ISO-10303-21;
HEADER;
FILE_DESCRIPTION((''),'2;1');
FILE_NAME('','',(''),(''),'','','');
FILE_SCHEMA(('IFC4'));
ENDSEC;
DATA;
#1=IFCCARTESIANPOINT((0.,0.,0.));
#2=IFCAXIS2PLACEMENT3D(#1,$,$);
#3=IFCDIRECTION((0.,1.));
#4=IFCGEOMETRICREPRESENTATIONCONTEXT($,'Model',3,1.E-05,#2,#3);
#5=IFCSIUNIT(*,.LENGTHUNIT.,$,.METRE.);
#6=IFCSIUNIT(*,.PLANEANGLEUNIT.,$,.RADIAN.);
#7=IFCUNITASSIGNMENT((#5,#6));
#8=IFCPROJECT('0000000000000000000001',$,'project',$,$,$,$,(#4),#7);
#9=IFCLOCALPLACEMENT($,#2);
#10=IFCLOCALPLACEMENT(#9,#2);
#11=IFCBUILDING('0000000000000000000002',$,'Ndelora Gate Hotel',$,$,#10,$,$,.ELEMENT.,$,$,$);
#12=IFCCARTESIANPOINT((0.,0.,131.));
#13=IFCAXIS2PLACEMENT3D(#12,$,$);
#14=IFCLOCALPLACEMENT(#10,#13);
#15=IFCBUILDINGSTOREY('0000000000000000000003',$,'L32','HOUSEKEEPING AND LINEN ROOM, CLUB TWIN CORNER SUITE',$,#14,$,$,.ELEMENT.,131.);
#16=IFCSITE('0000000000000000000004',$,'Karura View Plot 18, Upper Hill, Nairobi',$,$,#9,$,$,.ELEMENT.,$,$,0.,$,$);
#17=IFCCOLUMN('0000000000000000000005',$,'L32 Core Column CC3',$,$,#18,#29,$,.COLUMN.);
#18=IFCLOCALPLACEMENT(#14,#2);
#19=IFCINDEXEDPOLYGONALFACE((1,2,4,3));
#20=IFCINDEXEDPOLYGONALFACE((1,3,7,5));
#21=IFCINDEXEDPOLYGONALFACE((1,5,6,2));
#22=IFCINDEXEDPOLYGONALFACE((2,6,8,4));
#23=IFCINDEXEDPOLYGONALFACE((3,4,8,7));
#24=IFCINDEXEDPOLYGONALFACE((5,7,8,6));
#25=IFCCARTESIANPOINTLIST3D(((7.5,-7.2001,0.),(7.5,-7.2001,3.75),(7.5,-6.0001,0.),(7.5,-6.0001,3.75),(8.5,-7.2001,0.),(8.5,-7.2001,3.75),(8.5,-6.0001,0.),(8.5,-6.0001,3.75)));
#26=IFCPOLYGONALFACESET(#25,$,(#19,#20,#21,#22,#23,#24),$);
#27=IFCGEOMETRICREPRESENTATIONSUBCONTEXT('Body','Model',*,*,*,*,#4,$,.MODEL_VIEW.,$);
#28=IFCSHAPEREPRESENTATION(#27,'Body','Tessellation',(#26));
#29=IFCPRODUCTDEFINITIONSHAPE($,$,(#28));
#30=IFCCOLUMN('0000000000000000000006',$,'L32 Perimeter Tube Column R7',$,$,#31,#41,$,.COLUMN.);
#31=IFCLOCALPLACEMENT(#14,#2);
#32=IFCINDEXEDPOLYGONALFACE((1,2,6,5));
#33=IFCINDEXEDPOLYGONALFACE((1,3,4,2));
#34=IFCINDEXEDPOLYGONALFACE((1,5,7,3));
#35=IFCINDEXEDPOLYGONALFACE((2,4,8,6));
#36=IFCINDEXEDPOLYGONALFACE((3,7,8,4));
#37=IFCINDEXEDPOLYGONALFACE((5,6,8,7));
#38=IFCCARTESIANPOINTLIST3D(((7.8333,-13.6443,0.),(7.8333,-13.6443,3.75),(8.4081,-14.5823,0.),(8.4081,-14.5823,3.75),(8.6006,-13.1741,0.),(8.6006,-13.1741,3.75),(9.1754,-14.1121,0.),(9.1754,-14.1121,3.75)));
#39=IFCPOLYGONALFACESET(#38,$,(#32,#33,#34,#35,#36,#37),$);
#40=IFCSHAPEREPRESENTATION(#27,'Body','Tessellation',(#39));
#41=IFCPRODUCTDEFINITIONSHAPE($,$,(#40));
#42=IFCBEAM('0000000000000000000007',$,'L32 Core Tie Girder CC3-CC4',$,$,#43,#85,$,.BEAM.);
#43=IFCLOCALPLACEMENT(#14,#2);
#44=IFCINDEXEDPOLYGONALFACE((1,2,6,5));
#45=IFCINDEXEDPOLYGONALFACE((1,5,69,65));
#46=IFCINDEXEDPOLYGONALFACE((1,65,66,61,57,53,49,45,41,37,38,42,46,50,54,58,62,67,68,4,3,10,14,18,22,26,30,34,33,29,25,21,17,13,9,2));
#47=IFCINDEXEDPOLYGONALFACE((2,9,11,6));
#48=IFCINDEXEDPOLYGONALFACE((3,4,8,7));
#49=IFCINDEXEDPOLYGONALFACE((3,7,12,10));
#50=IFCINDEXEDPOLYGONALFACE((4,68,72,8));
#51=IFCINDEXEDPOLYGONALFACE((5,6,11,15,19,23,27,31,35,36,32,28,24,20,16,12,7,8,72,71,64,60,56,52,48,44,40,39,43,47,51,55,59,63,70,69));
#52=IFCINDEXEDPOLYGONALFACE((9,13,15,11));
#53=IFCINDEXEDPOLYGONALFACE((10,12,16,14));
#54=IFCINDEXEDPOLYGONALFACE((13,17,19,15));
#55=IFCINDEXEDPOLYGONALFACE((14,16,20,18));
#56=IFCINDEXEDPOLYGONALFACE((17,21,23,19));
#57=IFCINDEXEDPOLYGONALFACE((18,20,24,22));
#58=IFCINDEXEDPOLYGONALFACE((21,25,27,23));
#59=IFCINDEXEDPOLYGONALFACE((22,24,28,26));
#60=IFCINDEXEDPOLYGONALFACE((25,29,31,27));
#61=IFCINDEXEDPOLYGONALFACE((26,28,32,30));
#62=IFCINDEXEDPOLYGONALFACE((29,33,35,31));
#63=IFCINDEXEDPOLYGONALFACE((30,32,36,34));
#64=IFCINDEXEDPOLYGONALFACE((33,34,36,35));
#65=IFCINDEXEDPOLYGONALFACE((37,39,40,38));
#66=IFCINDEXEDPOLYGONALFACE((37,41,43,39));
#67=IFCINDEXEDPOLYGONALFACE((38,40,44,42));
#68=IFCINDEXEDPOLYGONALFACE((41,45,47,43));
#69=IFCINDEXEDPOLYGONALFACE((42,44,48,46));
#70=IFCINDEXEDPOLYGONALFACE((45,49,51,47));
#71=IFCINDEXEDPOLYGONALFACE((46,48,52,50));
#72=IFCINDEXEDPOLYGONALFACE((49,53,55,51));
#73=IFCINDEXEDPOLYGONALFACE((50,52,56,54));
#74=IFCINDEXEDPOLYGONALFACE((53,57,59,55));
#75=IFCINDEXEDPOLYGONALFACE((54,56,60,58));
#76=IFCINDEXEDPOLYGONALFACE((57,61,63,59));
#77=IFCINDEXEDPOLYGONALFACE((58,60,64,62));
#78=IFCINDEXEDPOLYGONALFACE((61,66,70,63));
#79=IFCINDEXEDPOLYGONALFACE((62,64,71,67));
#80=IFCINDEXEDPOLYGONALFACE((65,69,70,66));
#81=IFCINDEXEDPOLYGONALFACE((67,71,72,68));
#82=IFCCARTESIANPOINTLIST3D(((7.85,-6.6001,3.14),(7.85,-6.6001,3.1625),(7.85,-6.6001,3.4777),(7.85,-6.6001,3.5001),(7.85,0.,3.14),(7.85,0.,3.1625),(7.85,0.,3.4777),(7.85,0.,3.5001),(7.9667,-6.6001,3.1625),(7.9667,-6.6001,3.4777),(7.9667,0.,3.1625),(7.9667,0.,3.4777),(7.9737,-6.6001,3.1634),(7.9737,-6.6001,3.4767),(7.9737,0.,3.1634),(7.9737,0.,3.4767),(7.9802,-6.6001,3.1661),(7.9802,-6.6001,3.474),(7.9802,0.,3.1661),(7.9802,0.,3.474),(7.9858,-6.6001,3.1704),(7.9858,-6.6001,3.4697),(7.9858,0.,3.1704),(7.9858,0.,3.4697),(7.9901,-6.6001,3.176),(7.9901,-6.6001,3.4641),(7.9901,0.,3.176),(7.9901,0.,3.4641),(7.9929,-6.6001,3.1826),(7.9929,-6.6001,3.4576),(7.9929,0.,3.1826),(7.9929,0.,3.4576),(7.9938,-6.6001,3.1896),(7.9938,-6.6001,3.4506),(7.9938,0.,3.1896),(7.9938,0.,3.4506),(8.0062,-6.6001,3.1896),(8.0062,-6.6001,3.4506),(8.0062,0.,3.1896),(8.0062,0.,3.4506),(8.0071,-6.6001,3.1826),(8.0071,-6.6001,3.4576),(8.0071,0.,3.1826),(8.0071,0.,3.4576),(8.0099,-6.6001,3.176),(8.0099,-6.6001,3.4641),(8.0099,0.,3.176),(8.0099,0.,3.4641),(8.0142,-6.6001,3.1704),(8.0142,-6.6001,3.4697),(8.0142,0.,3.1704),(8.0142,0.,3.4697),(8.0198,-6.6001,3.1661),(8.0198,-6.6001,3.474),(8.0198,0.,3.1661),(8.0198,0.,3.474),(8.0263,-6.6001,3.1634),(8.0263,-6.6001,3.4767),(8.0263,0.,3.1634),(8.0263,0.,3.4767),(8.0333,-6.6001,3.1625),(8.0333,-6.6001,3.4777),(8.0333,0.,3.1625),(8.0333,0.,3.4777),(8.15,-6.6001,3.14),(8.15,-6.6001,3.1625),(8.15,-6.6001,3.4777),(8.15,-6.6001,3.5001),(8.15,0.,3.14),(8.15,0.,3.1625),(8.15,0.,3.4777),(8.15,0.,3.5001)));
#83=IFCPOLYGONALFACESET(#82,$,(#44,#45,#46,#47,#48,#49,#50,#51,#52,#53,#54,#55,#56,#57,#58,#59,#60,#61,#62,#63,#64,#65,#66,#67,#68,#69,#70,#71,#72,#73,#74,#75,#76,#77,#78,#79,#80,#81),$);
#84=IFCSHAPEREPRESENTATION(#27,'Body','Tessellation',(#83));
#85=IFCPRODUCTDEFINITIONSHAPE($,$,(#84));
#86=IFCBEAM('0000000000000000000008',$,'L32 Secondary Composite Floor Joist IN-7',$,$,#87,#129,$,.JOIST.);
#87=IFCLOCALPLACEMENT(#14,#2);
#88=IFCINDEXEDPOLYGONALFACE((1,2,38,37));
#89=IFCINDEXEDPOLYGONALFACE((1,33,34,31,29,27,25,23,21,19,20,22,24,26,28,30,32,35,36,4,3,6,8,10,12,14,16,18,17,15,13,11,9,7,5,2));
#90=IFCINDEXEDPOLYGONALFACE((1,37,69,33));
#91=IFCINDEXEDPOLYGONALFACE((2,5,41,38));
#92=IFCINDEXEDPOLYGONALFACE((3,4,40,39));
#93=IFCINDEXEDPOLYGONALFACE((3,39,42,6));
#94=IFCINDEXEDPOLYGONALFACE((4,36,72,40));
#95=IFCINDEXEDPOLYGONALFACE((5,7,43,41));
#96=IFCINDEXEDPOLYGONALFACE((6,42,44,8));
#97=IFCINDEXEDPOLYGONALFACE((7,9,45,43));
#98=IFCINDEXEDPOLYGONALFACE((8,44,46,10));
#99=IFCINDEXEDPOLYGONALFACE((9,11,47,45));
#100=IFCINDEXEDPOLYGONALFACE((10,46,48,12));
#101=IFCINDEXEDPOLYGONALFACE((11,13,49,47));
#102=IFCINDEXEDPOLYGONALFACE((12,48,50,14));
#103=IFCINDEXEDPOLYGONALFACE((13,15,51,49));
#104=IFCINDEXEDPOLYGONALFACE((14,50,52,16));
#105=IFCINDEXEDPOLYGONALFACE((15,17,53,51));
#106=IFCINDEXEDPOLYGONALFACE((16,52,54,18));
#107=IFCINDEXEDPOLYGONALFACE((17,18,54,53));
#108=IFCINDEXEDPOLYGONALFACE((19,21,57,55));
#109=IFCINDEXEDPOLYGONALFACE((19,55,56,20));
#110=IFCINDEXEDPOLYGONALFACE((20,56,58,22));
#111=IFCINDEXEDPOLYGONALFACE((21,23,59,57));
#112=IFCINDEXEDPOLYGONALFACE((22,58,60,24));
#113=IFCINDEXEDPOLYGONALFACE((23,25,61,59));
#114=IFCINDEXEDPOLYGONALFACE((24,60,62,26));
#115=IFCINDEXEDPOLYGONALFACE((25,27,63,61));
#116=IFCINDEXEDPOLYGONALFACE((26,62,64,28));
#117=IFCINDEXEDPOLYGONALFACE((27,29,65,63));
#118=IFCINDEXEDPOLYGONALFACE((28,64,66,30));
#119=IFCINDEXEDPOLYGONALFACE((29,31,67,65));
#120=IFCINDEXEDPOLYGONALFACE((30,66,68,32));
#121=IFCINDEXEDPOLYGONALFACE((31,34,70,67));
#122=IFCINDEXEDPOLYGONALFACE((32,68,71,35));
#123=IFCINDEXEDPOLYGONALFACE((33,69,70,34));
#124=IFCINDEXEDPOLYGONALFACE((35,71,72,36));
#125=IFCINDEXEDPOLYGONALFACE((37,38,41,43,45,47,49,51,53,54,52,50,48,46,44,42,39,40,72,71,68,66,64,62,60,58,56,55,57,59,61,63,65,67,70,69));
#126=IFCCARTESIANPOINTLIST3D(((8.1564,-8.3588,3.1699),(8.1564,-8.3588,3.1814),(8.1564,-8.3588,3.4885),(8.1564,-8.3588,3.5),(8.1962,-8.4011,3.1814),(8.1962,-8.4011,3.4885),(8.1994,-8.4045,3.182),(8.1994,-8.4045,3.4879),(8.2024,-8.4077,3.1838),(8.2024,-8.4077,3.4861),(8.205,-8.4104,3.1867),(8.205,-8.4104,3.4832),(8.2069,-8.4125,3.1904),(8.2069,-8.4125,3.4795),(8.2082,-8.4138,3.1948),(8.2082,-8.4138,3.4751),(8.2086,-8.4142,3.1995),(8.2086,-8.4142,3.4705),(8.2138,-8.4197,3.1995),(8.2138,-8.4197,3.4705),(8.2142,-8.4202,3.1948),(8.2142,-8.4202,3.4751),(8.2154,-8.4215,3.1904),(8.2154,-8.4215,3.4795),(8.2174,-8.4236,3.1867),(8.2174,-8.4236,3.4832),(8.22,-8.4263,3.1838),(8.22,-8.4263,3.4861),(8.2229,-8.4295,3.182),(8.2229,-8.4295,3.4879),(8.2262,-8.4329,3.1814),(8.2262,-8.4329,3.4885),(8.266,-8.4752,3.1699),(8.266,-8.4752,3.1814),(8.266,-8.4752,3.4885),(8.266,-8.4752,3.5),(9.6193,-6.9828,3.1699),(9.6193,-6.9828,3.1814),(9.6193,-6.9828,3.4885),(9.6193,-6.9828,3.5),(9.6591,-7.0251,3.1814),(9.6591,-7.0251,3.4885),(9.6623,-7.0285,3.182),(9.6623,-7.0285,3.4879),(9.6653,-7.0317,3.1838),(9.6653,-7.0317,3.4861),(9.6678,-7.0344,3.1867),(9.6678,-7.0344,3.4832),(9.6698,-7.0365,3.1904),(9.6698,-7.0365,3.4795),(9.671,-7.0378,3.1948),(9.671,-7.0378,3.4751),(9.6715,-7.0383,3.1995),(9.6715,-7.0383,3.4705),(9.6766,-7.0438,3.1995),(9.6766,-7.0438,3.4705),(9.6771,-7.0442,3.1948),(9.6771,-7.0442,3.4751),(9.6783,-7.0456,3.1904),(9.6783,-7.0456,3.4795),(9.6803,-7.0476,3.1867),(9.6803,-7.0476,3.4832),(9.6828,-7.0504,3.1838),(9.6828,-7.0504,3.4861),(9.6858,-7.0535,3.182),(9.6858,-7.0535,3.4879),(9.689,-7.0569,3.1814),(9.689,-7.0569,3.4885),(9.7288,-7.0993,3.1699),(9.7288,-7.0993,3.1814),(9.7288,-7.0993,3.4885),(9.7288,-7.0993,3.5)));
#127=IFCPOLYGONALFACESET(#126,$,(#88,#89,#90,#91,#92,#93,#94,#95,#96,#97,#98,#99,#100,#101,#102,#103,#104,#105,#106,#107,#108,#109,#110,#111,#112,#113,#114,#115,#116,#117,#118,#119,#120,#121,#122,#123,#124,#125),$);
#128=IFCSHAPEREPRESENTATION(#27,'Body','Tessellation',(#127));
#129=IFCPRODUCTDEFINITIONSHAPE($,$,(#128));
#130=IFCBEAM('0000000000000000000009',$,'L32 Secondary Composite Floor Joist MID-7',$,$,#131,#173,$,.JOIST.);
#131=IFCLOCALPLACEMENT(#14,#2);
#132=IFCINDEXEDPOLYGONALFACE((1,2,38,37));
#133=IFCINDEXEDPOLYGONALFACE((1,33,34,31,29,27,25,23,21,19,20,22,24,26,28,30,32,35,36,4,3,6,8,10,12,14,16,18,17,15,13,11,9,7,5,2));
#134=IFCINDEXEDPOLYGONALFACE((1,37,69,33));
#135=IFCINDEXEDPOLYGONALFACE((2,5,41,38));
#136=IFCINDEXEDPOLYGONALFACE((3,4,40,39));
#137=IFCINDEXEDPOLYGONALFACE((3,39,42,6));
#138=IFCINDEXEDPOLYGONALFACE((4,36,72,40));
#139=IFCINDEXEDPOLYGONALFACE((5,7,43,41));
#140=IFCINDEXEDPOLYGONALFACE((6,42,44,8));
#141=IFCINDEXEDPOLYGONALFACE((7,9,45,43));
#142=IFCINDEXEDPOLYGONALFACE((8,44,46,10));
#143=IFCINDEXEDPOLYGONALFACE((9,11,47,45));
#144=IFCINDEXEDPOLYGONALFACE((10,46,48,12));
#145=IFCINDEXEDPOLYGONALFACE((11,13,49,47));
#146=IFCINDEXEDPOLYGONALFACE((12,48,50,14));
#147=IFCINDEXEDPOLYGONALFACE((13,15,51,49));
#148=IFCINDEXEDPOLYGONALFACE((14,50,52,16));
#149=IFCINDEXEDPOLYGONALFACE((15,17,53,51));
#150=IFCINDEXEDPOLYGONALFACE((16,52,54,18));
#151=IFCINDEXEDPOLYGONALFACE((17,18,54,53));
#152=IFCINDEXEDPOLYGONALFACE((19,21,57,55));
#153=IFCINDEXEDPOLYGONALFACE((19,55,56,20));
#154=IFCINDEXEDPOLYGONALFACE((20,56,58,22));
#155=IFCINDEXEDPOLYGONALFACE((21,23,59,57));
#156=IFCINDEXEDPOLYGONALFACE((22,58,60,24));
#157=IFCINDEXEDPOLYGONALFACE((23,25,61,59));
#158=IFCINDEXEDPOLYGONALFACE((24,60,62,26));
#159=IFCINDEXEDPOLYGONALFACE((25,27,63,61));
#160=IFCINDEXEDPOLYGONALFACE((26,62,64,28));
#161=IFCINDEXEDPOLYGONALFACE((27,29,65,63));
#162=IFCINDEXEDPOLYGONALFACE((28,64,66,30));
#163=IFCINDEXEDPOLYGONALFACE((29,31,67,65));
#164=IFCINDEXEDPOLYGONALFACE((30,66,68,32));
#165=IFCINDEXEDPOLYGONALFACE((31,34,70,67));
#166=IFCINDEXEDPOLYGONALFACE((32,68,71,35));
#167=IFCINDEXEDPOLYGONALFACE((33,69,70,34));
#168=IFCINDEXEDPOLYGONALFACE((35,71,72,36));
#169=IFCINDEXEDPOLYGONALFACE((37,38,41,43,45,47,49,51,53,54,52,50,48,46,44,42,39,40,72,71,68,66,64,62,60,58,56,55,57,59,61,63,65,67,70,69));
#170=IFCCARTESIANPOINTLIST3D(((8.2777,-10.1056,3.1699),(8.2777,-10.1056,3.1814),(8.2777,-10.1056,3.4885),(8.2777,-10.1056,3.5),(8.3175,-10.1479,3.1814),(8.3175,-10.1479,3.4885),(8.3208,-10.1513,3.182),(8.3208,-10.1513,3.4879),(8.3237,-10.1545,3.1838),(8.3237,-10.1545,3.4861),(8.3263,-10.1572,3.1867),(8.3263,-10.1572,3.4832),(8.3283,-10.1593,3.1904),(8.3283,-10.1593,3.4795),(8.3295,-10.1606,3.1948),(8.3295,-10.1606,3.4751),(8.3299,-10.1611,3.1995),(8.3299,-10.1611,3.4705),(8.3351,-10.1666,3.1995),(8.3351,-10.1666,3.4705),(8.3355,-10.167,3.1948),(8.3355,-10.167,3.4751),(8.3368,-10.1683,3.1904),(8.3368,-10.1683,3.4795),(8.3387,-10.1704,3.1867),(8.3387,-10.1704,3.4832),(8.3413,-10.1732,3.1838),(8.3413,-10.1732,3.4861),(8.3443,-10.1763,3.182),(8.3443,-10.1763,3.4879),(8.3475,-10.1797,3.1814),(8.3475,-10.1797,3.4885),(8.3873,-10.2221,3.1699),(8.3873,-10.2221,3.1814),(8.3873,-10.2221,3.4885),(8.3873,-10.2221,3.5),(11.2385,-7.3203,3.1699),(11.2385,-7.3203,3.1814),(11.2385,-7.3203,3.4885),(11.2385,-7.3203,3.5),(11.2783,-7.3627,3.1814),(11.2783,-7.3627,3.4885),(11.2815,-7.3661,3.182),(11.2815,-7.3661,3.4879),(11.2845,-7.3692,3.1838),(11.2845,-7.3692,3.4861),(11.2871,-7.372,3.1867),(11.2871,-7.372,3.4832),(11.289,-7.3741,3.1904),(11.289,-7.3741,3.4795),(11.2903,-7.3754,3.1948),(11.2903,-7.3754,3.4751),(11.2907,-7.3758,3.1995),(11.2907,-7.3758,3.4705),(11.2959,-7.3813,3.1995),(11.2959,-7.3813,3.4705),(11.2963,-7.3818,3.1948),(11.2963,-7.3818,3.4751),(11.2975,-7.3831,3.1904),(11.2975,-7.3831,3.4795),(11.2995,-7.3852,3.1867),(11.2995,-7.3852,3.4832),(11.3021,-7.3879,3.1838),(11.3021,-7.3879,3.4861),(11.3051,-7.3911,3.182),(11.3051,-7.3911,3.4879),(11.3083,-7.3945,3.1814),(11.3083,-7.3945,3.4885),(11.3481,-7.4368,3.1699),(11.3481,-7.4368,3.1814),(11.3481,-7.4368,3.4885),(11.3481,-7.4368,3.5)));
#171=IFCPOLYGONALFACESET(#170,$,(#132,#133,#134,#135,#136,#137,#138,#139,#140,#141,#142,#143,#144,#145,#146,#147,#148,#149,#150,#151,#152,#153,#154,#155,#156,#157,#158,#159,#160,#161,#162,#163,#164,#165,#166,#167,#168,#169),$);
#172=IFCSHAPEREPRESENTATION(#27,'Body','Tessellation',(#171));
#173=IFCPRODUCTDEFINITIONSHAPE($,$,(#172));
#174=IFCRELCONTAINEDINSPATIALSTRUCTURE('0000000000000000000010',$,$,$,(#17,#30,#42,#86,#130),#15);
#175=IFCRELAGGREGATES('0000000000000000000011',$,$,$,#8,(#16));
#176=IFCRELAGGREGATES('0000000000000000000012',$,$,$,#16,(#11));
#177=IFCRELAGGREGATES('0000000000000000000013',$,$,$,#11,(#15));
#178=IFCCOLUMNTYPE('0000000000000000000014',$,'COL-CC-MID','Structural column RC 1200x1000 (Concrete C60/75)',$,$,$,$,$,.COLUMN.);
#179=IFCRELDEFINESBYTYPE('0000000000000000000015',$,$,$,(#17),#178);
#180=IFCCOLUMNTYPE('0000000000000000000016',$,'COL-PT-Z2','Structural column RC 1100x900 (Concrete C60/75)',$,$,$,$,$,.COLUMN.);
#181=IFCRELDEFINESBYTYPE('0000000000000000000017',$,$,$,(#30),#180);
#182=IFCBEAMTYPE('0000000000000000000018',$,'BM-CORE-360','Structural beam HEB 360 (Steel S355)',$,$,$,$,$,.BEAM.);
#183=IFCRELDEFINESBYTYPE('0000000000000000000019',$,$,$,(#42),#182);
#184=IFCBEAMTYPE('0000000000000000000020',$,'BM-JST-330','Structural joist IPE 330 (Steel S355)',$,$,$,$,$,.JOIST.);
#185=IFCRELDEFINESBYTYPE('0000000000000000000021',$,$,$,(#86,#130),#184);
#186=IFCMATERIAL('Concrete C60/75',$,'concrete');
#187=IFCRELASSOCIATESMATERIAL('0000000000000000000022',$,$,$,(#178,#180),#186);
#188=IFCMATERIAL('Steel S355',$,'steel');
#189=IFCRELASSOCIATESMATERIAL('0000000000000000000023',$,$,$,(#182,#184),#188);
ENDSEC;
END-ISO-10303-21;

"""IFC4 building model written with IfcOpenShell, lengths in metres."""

from ifc_helpers import new_model, si_unit, direction, frame, origin, origin_2d, place, context, subcontext, project, spatial, rectangle, i_section, extrude, material, material_profile, profile_set, type_object, element, save


model = new_model("IFC4")

# Units and contexts
model_context = context("Model", 3, precision=1e-05, world=origin(), true_north=direction((0.0, 1.0)))
body_context = subcontext(model_context, "Body", "Model", "MODEL_VIEW")
ifc_project = project(units=[si_unit("LENGTHUNIT", "METRE"), si_unit("PLANEANGLEUNIT", "RADIAN")], contexts=[model_context])

# Site, building, storey
site_placement = place(None, origin())
site = spatial("IfcSite", under=ifc_project, at=site_placement, Name="Karura View Plot 18, Upper Hill, Nairobi", CompositionType="ELEMENT", RefElevation=0.0)
building_placement = place(site_placement, origin())
building = spatial("IfcBuilding", under=site, at=building_placement, Name="Ndelora Gate Hotel", CompositionType="ELEMENT")
storey_placement = place(building_placement, frame((0.0, 0.0, 131.0)))
storey = spatial("IfcBuildingStorey", under=building, at=storey_placement, Name="L32", Description="HOUSEKEEPING AND LINEN ROOM, CLUB TWIN CORNER SUITE", CompositionType="ELEMENT", Elevation=131.0)

# Columns
ifc_material_1 = material(Name="Concrete C60/75", Category="concrete")
ifc_material_profile_1 = material_profile(ifc_material_1, rectangle(XDim=1.0, YDim=1.2, at=origin_2d()), Name="RC 1200x1000")
ifc_profile_set_1 = profile_set([ifc_material_profile_1], Name="Concrete C60/75")
column_type_1 = type_object("IfcColumnType", Name="COL-CC-MID", Description="Structural column RC 1200x1000 (Concrete C60/75)", PredefinedType="COLUMN", material=ifc_profile_set_1)
column_1_placement = place(storey_placement, frame((8.0, -6.6001, 0.0), z_axis=(0.0, 0.0, 1.0), x_axis=(1.0, 0.0, 0.0)))
element("IfcColumn", 1, at=column_1_placement, inside=storey, type_object=column_type_1, Name="L32 Core Column CC3", PredefinedType="COLUMN", context=body_context, shape_type="SweptSolid", body=[
    extrude(rectangle(XDim=1.0, YDim=1.2, at=origin_2d()), origin(), (0.0, 0.0, 1.0), 3.75),
])
ifc_material_profile_2 = material_profile(ifc_material_1, rectangle(XDim=0.8999, YDim=1.1001, at=origin_2d()), Name="RC 1100x900")
ifc_profile_set_2 = profile_set([ifc_material_profile_2], Name="Concrete C60/75")
column_type_2 = type_object("IfcColumnType", Name="COL-PT-Z2", Description="Structural column RC 1100x900 (Concrete C60/75)", PredefinedType="COLUMN", material=ifc_profile_set_2)
column_2_placement = place(storey_placement, frame((8.5044, -13.8782, 0.0), z_axis=(0.0, 0.0, 1.0), x_axis=(0.85264, 0.522499, 0.0)))
element("IfcColumn", 2, at=column_2_placement, inside=storey, type_object=column_type_2, Name="L32 Perimeter Tube Column R7", PredefinedType="COLUMN", context=body_context, shape_type="SweptSolid", body=[
    extrude(rectangle(XDim=0.8999, YDim=1.1001, at=origin_2d()), origin(), (0.0, 0.0, 1.0), 3.75),
])

# Beams
ifc_material_2 = material(Name="Steel S355", Category="steel")
ifc_material_profile_3 = material_profile(ifc_material_2, i_section(OverallWidth=0.3, OverallDepth=0.3601, WebThickness=0.0125, FlangeThickness=0.0225, FilletRadius=0.0271, at=origin_2d()), Name="HEB 360")
ifc_profile_set_3 = profile_set([ifc_material_profile_3], Name="Steel S355")
beam_type_1 = type_object("IfcBeamType", Name="BM-CORE-360", Description="Structural beam HEB 360 (Steel S355)", PredefinedType="BEAM", material=ifc_profile_set_3)
beam_1_placement = place(storey_placement, frame((8.0, -6.6001, 3.3201), z_axis=(0.0, 1.0, 0.0), x_axis=(-1.0, 0.0, 0.0)))
element("IfcBeam", 3, at=beam_1_placement, inside=storey, type_object=beam_type_1, Name="L32 Core Tie Girder CC3-CC4", PredefinedType="BEAM", context=body_context, shape_type="SweptSolid", body=[
    extrude(i_section(OverallWidth=0.3, OverallDepth=0.3601, WebThickness=0.0125, FlangeThickness=0.0225, FilletRadius=0.0271, at=origin_2d()), origin(), (0.0, 0.0, 1.0), 6.6001),
])
ifc_material_profile_4 = material_profile(ifc_material_2, i_section(OverallWidth=0.1599, OverallDepth=0.3301, WebThickness=0.0076, FlangeThickness=0.0115, FilletRadius=0.0181, at=origin_2d()), Name="IPE 330")
ifc_profile_set_4 = profile_set([ifc_material_profile_4], Name="Steel S355")
beam_type_2 = type_object("IfcBeamType", Name="BM-JST-330", Description="Structural joist IPE 330 (Steel S355)", PredefinedType="JOIST", material=ifc_profile_set_4)
beam_2_placement = place(storey_placement, frame((8.2112, -8.417, 3.335), z_axis=(0.728414, 0.685137, 0.0), x_axis=(-0.685137, 0.728414, 0.0)))
element("IfcBeam", 4, at=beam_2_placement, inside=storey, type_object=beam_type_2, Name="L32 Secondary Composite Floor Joist IN-7", PredefinedType="JOIST", context=body_context, shape_type="SweptSolid", body=[
    extrude(i_section(OverallWidth=0.1599, OverallDepth=0.3301, WebThickness=0.0076, FlangeThickness=0.0115, FilletRadius=0.0181, at=origin_2d()), origin(), (0.0, 0.0, 1.0), 2.0083),
])
beam_3_placement = place(storey_placement, frame((8.3325, -10.1638, 3.335), z_axis=(0.728369, 0.685185, 0.0), x_axis=(-0.685185, 0.728369, 0.0)))
element("IfcBeam", 5, at=beam_3_placement, inside=storey, type_object=beam_type_2, Name="L32 Secondary Composite Floor Joist MID-7", PredefinedType="JOIST", context=body_context, shape_type="SweptSolid", body=[
    extrude(i_section(OverallWidth=0.1599, OverallDepth=0.3301, WebThickness=0.0076, FlangeThickness=0.0115, FilletRadius=0.0181, at=origin_2d()), origin(), (0.0, 0.0, 1.0), 4.0649),
])

save(model, "model.ifc")
